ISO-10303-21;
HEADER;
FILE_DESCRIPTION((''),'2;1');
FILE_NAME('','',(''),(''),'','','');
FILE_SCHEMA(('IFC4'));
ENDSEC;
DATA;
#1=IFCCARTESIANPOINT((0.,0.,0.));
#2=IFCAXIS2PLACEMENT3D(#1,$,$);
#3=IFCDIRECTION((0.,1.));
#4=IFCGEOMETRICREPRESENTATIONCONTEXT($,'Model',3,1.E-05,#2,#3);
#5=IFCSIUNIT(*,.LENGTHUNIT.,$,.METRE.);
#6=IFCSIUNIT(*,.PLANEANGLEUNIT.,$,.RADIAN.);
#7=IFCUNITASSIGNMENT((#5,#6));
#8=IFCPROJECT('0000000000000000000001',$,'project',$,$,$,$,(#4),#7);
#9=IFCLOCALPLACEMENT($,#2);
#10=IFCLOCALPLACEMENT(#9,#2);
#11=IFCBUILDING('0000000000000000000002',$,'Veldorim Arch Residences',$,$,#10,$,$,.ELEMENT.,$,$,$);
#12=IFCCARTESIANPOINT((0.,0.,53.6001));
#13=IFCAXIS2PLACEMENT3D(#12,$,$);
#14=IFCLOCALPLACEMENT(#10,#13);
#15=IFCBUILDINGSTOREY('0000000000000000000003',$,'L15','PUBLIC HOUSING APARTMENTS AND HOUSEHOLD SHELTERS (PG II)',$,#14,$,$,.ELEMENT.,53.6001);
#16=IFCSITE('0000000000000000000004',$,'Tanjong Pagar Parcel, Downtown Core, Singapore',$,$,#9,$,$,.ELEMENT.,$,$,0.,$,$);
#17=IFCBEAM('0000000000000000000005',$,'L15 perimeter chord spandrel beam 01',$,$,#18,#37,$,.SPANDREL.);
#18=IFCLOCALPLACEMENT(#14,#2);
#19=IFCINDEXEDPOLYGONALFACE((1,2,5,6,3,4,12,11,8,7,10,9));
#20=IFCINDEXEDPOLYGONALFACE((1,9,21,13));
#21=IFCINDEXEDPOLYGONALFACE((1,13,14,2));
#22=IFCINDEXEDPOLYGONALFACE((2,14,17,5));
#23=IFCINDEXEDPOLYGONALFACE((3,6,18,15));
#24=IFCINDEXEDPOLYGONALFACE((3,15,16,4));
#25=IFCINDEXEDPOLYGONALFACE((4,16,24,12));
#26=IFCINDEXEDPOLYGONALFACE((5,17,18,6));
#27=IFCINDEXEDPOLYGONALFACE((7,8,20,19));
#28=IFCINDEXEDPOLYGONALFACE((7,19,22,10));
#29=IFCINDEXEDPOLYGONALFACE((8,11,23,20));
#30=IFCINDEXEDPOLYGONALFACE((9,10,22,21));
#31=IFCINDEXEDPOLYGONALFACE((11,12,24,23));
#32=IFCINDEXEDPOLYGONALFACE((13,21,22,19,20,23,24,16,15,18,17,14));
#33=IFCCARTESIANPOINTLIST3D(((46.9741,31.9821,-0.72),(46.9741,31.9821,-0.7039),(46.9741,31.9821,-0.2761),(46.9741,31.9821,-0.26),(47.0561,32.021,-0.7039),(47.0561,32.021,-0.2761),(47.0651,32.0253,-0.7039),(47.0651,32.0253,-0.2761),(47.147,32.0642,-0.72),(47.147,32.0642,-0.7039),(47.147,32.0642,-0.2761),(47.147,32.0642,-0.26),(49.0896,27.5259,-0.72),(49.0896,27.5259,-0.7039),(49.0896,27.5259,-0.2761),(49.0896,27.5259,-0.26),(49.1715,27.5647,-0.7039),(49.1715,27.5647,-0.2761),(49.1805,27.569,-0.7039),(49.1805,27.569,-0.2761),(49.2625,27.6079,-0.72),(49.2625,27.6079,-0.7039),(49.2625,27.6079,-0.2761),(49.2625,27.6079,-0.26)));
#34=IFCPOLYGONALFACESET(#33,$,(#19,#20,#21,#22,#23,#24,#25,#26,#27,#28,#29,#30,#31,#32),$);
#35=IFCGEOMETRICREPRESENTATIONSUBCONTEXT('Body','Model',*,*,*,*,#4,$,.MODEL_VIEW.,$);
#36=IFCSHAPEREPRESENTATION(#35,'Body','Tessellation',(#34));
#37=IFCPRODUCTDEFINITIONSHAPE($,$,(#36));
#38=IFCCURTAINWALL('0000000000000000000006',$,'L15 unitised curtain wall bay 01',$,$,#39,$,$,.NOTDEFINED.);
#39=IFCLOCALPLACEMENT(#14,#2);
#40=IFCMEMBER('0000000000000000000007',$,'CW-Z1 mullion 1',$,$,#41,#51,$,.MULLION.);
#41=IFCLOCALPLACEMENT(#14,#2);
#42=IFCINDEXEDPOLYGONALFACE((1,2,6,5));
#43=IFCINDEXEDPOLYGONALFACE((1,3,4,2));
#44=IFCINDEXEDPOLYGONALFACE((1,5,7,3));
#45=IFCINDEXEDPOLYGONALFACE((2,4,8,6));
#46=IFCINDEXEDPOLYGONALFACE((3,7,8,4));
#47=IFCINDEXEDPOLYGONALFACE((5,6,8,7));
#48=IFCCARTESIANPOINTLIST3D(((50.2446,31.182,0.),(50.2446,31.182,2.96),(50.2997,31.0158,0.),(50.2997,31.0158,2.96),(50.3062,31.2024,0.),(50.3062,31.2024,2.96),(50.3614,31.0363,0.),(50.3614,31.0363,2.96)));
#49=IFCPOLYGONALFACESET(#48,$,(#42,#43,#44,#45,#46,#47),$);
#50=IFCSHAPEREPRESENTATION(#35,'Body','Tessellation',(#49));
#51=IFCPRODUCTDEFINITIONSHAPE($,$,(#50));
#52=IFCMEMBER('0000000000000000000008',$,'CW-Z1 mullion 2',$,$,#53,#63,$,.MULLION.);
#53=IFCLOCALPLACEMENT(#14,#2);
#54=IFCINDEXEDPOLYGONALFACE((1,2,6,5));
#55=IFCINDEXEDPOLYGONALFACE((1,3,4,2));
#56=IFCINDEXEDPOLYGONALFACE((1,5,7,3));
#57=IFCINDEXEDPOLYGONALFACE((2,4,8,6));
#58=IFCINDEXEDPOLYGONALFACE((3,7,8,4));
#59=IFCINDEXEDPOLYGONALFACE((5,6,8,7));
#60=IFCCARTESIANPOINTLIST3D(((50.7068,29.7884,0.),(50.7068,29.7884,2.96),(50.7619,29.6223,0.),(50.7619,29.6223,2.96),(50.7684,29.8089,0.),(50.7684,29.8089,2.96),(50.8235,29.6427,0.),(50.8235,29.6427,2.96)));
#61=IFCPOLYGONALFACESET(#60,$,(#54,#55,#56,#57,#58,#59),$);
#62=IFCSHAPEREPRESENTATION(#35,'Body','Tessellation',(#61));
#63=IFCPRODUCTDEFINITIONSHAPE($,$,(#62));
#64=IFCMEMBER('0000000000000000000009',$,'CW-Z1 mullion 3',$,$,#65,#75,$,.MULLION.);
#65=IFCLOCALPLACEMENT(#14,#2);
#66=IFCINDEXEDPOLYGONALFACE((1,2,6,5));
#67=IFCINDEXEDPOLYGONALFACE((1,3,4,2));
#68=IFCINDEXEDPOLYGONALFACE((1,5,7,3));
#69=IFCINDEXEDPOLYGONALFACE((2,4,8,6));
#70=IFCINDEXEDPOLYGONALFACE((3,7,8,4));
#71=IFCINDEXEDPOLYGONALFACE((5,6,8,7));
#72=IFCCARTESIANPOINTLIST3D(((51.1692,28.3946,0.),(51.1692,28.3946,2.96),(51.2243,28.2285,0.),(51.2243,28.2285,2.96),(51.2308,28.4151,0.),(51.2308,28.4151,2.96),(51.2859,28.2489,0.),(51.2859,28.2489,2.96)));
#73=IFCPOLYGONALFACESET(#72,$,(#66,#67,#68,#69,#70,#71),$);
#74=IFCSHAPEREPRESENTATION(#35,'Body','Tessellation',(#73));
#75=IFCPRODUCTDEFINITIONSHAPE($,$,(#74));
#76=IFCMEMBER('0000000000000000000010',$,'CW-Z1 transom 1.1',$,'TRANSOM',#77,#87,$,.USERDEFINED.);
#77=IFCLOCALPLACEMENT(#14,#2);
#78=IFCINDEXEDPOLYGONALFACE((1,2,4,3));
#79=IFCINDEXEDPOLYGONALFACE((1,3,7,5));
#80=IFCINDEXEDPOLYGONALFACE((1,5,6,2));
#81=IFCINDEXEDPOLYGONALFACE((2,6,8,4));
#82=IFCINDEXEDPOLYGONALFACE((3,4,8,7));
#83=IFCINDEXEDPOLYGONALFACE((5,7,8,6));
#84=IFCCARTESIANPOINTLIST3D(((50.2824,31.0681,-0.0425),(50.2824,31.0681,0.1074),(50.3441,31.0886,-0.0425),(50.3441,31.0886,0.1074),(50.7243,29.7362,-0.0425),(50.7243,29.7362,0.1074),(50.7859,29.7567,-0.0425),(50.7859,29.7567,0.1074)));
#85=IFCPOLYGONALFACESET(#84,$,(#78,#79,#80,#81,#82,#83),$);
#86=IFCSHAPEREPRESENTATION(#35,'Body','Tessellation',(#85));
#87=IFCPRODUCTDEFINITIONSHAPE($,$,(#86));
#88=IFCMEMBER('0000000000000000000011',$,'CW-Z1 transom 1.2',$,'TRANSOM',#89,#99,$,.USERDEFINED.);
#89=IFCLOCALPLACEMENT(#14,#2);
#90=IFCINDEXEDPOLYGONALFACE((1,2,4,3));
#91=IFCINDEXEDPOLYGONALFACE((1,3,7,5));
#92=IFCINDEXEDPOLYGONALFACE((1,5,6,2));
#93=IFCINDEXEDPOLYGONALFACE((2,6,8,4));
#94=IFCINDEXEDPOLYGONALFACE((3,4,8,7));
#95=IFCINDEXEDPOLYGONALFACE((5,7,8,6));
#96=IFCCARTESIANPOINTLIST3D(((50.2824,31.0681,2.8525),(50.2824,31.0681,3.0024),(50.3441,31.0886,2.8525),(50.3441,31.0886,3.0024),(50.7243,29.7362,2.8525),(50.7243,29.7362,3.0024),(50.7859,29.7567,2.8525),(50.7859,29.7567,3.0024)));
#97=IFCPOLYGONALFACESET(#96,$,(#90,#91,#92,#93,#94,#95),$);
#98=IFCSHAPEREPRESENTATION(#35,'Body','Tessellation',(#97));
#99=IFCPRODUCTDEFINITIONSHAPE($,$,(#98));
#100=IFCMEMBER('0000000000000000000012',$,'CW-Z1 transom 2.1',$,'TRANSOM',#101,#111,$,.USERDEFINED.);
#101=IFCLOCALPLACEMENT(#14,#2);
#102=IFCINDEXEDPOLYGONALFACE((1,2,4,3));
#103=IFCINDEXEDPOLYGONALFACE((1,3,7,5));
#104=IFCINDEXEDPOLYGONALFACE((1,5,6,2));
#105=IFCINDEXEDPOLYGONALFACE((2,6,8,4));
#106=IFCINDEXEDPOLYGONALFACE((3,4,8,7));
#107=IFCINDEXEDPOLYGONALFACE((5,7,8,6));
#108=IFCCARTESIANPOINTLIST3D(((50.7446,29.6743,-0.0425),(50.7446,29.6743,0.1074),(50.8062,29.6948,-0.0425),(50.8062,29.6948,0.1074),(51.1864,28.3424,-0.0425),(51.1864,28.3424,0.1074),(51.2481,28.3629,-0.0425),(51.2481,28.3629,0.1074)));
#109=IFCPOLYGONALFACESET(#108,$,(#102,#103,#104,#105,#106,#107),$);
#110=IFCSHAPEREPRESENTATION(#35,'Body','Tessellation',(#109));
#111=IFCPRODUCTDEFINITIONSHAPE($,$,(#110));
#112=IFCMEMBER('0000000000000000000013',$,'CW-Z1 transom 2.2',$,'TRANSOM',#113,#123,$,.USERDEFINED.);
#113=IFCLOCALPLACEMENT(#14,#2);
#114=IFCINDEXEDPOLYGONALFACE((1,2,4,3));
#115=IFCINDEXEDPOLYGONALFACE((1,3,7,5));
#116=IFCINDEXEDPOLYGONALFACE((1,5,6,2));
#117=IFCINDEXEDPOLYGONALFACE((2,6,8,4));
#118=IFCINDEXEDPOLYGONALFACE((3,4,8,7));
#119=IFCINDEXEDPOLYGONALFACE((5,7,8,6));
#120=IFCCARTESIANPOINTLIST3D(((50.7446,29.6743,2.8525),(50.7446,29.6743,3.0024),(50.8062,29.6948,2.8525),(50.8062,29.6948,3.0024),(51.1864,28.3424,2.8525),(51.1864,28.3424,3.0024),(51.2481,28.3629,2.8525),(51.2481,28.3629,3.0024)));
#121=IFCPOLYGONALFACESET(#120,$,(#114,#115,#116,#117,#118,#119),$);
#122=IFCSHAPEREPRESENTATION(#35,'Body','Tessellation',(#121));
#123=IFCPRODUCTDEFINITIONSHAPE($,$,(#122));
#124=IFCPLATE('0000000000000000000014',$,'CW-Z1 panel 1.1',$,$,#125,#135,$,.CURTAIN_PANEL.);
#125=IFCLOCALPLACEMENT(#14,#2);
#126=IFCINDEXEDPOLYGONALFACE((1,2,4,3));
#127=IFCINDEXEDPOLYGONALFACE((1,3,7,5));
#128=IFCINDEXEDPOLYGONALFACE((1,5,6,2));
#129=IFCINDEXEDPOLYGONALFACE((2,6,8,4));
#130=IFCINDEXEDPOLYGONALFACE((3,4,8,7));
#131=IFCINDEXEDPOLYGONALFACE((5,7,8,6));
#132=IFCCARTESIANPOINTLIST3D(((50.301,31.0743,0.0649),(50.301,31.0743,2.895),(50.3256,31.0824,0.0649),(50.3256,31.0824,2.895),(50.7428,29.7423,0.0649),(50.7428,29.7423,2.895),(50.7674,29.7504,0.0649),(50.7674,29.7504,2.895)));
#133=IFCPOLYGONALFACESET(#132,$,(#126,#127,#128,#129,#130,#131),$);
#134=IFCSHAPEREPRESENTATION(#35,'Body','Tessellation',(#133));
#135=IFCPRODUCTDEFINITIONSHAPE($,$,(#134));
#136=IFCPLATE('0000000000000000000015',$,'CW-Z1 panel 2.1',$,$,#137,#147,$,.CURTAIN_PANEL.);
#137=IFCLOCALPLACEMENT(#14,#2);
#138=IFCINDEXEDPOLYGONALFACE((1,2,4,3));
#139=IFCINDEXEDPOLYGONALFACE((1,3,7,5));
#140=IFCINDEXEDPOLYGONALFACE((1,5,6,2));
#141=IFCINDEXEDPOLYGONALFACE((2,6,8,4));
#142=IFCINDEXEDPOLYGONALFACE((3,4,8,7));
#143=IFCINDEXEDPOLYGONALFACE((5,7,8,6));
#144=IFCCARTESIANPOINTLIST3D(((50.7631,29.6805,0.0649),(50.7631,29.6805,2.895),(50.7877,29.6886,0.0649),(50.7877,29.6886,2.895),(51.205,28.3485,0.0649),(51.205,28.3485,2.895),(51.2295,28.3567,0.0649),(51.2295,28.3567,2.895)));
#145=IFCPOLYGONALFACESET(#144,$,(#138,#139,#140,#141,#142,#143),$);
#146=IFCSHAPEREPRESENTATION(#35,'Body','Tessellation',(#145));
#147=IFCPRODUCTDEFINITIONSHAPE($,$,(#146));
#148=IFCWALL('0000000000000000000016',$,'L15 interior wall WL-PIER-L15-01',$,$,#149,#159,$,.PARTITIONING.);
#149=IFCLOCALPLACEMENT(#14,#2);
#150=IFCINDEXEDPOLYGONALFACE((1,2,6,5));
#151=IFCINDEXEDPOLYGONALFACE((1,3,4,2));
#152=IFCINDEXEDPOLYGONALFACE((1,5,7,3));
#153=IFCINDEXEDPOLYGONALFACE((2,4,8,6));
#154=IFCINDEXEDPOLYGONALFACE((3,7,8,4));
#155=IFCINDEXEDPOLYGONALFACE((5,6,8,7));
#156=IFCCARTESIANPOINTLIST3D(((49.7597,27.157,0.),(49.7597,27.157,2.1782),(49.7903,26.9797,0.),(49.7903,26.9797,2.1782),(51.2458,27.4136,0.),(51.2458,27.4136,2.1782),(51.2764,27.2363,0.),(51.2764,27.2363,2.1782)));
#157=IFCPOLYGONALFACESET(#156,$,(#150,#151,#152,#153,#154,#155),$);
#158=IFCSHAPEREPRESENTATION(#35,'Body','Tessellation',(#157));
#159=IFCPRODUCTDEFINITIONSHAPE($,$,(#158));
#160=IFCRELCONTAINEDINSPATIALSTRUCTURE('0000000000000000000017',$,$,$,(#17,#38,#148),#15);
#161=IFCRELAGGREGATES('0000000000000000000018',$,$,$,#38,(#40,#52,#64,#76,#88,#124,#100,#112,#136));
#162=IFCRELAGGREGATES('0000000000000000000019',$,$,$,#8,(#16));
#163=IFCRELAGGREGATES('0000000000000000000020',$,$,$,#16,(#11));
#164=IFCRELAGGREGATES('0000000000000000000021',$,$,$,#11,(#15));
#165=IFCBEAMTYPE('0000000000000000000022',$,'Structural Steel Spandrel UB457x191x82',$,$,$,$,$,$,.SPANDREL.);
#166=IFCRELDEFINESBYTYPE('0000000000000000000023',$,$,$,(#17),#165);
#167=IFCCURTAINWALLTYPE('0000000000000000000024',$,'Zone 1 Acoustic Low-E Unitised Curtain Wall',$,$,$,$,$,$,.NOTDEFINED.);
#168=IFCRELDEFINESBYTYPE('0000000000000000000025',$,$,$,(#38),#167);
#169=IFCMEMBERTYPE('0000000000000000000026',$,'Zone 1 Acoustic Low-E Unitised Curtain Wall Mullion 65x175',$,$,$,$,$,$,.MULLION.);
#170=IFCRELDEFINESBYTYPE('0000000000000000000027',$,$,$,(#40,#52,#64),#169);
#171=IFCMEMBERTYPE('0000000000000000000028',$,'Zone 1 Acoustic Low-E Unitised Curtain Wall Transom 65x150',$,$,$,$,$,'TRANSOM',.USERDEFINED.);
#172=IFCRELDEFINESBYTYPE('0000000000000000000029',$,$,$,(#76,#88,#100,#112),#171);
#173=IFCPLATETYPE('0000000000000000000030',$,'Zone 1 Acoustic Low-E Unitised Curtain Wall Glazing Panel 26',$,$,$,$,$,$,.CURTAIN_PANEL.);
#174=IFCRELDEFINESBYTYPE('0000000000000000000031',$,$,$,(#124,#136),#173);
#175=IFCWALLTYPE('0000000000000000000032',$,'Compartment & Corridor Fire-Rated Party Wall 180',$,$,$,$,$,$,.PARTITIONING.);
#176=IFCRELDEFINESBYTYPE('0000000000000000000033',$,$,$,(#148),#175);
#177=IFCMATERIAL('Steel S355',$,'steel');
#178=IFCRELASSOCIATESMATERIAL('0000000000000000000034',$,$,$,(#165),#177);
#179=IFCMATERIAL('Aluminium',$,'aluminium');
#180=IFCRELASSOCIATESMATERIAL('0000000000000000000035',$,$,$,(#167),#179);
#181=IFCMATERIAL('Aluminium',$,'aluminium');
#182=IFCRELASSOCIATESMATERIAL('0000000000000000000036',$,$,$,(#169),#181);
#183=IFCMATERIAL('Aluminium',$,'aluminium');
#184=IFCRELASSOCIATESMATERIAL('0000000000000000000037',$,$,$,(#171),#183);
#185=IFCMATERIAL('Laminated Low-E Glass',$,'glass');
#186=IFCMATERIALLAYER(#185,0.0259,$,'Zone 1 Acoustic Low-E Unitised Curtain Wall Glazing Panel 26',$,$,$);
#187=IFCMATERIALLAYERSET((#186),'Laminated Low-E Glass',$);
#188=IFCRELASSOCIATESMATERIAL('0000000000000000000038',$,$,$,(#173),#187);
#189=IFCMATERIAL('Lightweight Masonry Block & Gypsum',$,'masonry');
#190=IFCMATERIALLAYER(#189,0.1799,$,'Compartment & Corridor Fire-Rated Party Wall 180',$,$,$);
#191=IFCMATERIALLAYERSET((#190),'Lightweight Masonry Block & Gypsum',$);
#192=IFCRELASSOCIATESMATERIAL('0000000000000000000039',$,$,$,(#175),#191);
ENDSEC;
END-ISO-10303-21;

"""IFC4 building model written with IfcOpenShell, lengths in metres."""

from ifc_helpers import new_model, si_unit, direction, frame, frame_2d, origin, origin_2d, place, context, subcontext, project, spatial, rectangle, i_section, extrude, material, layer, layer_set, material_profile, profile_set, type_object, element, aggregate, save


model = new_model("IFC4")

# Units and contexts
model_context = context("Model", 3, precision=1e-05, world=origin(), true_north=direction((0.0, 1.0)))
body_context = subcontext(model_context, "Body", "Model", "MODEL_VIEW")
ifc_project = project(units=[si_unit("LENGTHUNIT", "METRE"), si_unit("PLANEANGLEUNIT", "RADIAN")], contexts=[model_context])

# Site, building, storey
site_placement = place(None, origin())
site = spatial("IfcSite", under=ifc_project, at=site_placement, Name="Tanjong Pagar Parcel, Downtown Core, Singapore", CompositionType="ELEMENT", RefElevation=0.0)
building_placement = place(site_placement, origin())
building = spatial("IfcBuilding", under=site, at=building_placement, Name="Veldorim Arch Residences", CompositionType="ELEMENT")
storey_placement = place(building_placement, frame((0.0, 0.0, 53.6001)))
storey = spatial("IfcBuildingStorey", under=building, at=storey_placement, Name="L15", Description="PUBLIC HOUSING APARTMENTS AND HOUSEHOLD SHELTERS (PG II)", CompositionType="ELEMENT", Elevation=53.6001)

# Beam
ifc_material_1 = material(Name="Steel S355", Category="steel")
ifc_material_profile_1 = material_profile(ifc_material_1, i_section(OverallWidth=0.1914, OverallDepth=0.46, WebThickness=0.01, FlangeThickness=0.0161, at=origin_2d()), Name="UB457x191x82")
ifc_profile_set_1 = profile_set([ifc_material_profile_1], Name="Steel S355")
beam_type_1 = type_object("IfcBeamType", Name="Structural Steel Spandrel UB457x191x82", PredefinedType="SPANDREL", material=ifc_profile_set_1)
beam_1_placement = place(storey_placement, frame((49.176, 27.5669, -0.49), z_axis=(-0.428848, 0.903377, 0.0), x_axis=(-0.903377, -0.428848, 0.0)))
element("IfcBeam", 1, at=beam_1_placement, inside=storey, type_object=beam_type_1, Name="L15 perimeter chord spandrel beam 01", PredefinedType="SPANDREL", context=body_context, shape_type="SweptSolid", body=[
    extrude(i_section(OverallWidth=0.1914, OverallDepth=0.46, WebThickness=0.01, FlangeThickness=0.0161, at=origin_2d()), origin(), (0.0, 0.0, 1.0), 4.9329),
])

# Curtain wall, members, plates
ifc_material_2 = material(Name="Aluminium", Category="aluminium")
curtain_wall_type = type_object("IfcCurtainWallType", Name="Zone 1 Acoustic Low-E Unitised Curtain Wall", PredefinedType="NOTDEFINED", material=ifc_material_2)
curtain_wall_placement = place(storey_placement, origin())
curtain_wall = element("IfcCurtainWall", 2, at=curtain_wall_placement, inside=storey, type_object=curtain_wall_type, Name="L15 unitised curtain wall bay 01", PredefinedType="NOTDEFINED")
ifc_material_3 = material(Name="Aluminium", Category="aluminium")
ifc_material_profile_2 = material_profile(ifc_material_3, rectangle(XDim=0.0649, YDim=0.175, at=origin_2d()), Name="ALU_MUL_65x175")
ifc_profile_set_2 = profile_set([ifc_material_profile_2], Name="Aluminium")
member_type_1 = type_object("IfcMemberType", Name="Zone 1 Acoustic Low-E Unitised Curtain Wall Mullion 65x175", PredefinedType="MULLION", material=ifc_profile_set_2)
member_1_placement = place(storey_placement, frame((50.303, 31.1091, 0.0), z_axis=(0.0, 0.0, 1.0), x_axis=(0.949145, 0.314838, 0.0)))
member_1 = element("IfcMember", 3, at=member_1_placement, type_object=member_type_1, Name="CW-Z1 mullion 1", PredefinedType="MULLION", context=body_context, shape_type="SweptSolid", body=[
    extrude(rectangle(XDim=0.0649, YDim=0.175, at=origin_2d()), origin(), (0.0, 0.0, 1.0), 2.96),
])
member_2_placement = place(storey_placement, frame((50.7651, 29.7156, 0.0), z_axis=(0.0, 0.0, 1.0), x_axis=(0.949145, 0.314838, 0.0)))
member_2 = element("IfcMember", 4, at=member_2_placement, type_object=member_type_1, Name="CW-Z1 mullion 2", PredefinedType="MULLION", context=body_context, shape_type="SweptSolid", body=[
    extrude(rectangle(XDim=0.0649, YDim=0.175, at=origin_2d()), origin(), (0.0, 0.0, 1.0), 2.96),
])
member_3_placement = place(storey_placement, frame((51.2275, 28.3218, 0.0), z_axis=(0.0, 0.0, 1.0), x_axis=(0.949145, 0.314838, 0.0)))
member_3 = element("IfcMember", 5, at=member_3_placement, type_object=member_type_1, Name="CW-Z1 mullion 3", PredefinedType="MULLION", context=body_context, shape_type="SweptSolid", body=[
    extrude(rectangle(XDim=0.0649, YDim=0.175, at=origin_2d()), origin(), (0.0, 0.0, 1.0), 2.96),
])
ifc_material_4 = material(Name="Aluminium", Category="aluminium")
ifc_material_profile_3 = material_profile(ifc_material_4, rectangle(XDim=0.0649, YDim=0.1499, at=origin_2d()), Name="ALU_TRN_65x150")
ifc_profile_set_3 = profile_set([ifc_material_profile_3], Name="Aluminium")
member_type_2 = type_object("IfcMemberType", Name="Zone 1 Acoustic Low-E Unitised Curtain Wall Transom 65x150", ElementType="TRANSOM", PredefinedType="USERDEFINED", material=ifc_profile_set_3)
member_4_placement = place(storey_placement, frame((50.3132, 31.0784, 0.0325), z_axis=(0.314871, -0.949135, 0.0), x_axis=(0.949135, 0.314871, 0.0)))
member_4 = element("IfcMember", 6, at=member_4_placement, type_object=member_type_2, Name="CW-Z1 transom 1.1", ObjectType="TRANSOM", PredefinedType="USERDEFINED", context=body_context, shape_type="SweptSolid", body=[
    extrude(rectangle(XDim=0.0649, YDim=0.1499, at=origin_2d()), origin(), (0.0, 0.0, 1.0), 1.4033),
])
member_5_placement = place(storey_placement, frame((50.3132, 31.0784, 2.9275), z_axis=(0.314871, -0.949135, 0.0), x_axis=(0.949135, 0.314871, 0.0)))
member_5 = element("IfcMember", 7, at=member_5_placement, type_object=member_type_2, Name="CW-Z1 transom 1.2", ObjectType="TRANSOM", PredefinedType="USERDEFINED", context=body_context, shape_type="SweptSolid", body=[
    extrude(rectangle(XDim=0.0649, YDim=0.1499, at=origin_2d()), origin(), (0.0, 0.0, 1.0), 1.4033),
])
member_6_placement = place(storey_placement, frame((50.7754, 29.6846, 0.0325), z_axis=(0.314871, -0.949135, 0.0), x_axis=(0.949135, 0.314871, 0.0)))
member_6 = element("IfcMember", 8, at=member_6_placement, type_object=member_type_2, Name="CW-Z1 transom 2.1", ObjectType="TRANSOM", PredefinedType="USERDEFINED", context=body_context, shape_type="SweptSolid", body=[
    extrude(rectangle(XDim=0.0649, YDim=0.1499, at=origin_2d()), origin(), (0.0, 0.0, 1.0), 1.4033),
])
member_7_placement = place(storey_placement, frame((50.7754, 29.6846, 2.9275), z_axis=(0.314871, -0.949135, 0.0), x_axis=(0.949135, 0.314871, 0.0)))
member_7 = element("IfcMember", 9, at=member_7_placement, type_object=member_type_2, Name="CW-Z1 transom 2.2", ObjectType="TRANSOM", PredefinedType="USERDEFINED", context=body_context, shape_type="SweptSolid", body=[
    extrude(rectangle(XDim=0.0649, YDim=0.1499, at=origin_2d()), origin(), (0.0, 0.0, 1.0), 1.4033),
])
ifc_material_5 = material(Name="Laminated Low-E Glass", Category="glass")
ifc_layer_1 = layer(ifc_material_5, 0.0259, Name="Zone 1 Acoustic Low-E Unitised Curtain Wall Glazing Panel 26")
ifc_layer_set_1 = layer_set([ifc_layer_1], Name="Laminated Low-E Glass")
plate_type = type_object("IfcPlateType", Name="Zone 1 Acoustic Low-E Unitised Curtain Wall Glazing Panel 26", PredefinedType="CURTAIN_PANEL", material=ifc_layer_set_1)
plate_1_placement = place(storey_placement, frame((50.5342, 30.4124, 0.0649), z_axis=(0.0, 0.0, 1.0), x_axis=(0.314838, -0.949145, 0.0)))
plate_1 = element("IfcPlate", 10, at=plate_1_placement, type_object=plate_type, Name="CW-Z1 panel 1.1", PredefinedType="CURTAIN_PANEL", context=body_context, shape_type="SweptSolid", body=[
    extrude(rectangle(XDim=1.4033, YDim=0.0259, at=origin_2d()), origin(), (0.0, 0.0, 1.0), 2.8301),
])
plate_2_placement = place(storey_placement, frame((50.9963, 29.0186, 0.0649), z_axis=(0.0, 0.0, 1.0), x_axis=(0.314838, -0.949145, 0.0)))
plate_2 = element("IfcPlate", 11, at=plate_2_placement, type_object=plate_type, Name="CW-Z1 panel 2.1", PredefinedType="CURTAIN_PANEL", context=body_context, shape_type="SweptSolid", body=[
    extrude(rectangle(XDim=1.4033, YDim=0.0259, at=origin_2d()), origin(), (0.0, 0.0, 1.0), 2.8301),
])
aggregate(curtain_wall, [member_1, member_2, member_3, member_4, member_5, plate_1, member_6, member_7, plate_2])

# Wall
ifc_material_6 = material(Name="Lightweight Masonry Block & Gypsum", Category="masonry")
ifc_layer_2 = layer(ifc_material_6, 0.1799, Name="Compartment & Corridor Fire-Rated Party Wall 180")
ifc_layer_set_2 = layer_set([ifc_layer_2], Name="Lightweight Masonry Block & Gypsum")
wall_type_1 = type_object("IfcWallType", Name="Compartment & Corridor Fire-Rated Party Wall 180", PredefinedType="PARTITIONING", material=ifc_layer_set_2)
wall_1_placement = place(storey_placement, frame((49.7751, 27.0684, 0.0), z_axis=(0.0, 0.0, 1.0), x_axis=(0.985419, 0.170145, 0.0)))
element("IfcWall", 12, at=wall_1_placement, inside=storey, type_object=wall_type_1, Name="L15 interior wall WL-PIER-L15-01", PredefinedType="PARTITIONING", context=body_context, shape_type="SweptSolid", body=[
    extrude(rectangle(XDim=1.5081, YDim=0.1799, at=frame_2d((0.7539, 0.0))), origin(), (0.0, 0.0, 1.0), 2.1782),
])

save(model, "model.ifc")
